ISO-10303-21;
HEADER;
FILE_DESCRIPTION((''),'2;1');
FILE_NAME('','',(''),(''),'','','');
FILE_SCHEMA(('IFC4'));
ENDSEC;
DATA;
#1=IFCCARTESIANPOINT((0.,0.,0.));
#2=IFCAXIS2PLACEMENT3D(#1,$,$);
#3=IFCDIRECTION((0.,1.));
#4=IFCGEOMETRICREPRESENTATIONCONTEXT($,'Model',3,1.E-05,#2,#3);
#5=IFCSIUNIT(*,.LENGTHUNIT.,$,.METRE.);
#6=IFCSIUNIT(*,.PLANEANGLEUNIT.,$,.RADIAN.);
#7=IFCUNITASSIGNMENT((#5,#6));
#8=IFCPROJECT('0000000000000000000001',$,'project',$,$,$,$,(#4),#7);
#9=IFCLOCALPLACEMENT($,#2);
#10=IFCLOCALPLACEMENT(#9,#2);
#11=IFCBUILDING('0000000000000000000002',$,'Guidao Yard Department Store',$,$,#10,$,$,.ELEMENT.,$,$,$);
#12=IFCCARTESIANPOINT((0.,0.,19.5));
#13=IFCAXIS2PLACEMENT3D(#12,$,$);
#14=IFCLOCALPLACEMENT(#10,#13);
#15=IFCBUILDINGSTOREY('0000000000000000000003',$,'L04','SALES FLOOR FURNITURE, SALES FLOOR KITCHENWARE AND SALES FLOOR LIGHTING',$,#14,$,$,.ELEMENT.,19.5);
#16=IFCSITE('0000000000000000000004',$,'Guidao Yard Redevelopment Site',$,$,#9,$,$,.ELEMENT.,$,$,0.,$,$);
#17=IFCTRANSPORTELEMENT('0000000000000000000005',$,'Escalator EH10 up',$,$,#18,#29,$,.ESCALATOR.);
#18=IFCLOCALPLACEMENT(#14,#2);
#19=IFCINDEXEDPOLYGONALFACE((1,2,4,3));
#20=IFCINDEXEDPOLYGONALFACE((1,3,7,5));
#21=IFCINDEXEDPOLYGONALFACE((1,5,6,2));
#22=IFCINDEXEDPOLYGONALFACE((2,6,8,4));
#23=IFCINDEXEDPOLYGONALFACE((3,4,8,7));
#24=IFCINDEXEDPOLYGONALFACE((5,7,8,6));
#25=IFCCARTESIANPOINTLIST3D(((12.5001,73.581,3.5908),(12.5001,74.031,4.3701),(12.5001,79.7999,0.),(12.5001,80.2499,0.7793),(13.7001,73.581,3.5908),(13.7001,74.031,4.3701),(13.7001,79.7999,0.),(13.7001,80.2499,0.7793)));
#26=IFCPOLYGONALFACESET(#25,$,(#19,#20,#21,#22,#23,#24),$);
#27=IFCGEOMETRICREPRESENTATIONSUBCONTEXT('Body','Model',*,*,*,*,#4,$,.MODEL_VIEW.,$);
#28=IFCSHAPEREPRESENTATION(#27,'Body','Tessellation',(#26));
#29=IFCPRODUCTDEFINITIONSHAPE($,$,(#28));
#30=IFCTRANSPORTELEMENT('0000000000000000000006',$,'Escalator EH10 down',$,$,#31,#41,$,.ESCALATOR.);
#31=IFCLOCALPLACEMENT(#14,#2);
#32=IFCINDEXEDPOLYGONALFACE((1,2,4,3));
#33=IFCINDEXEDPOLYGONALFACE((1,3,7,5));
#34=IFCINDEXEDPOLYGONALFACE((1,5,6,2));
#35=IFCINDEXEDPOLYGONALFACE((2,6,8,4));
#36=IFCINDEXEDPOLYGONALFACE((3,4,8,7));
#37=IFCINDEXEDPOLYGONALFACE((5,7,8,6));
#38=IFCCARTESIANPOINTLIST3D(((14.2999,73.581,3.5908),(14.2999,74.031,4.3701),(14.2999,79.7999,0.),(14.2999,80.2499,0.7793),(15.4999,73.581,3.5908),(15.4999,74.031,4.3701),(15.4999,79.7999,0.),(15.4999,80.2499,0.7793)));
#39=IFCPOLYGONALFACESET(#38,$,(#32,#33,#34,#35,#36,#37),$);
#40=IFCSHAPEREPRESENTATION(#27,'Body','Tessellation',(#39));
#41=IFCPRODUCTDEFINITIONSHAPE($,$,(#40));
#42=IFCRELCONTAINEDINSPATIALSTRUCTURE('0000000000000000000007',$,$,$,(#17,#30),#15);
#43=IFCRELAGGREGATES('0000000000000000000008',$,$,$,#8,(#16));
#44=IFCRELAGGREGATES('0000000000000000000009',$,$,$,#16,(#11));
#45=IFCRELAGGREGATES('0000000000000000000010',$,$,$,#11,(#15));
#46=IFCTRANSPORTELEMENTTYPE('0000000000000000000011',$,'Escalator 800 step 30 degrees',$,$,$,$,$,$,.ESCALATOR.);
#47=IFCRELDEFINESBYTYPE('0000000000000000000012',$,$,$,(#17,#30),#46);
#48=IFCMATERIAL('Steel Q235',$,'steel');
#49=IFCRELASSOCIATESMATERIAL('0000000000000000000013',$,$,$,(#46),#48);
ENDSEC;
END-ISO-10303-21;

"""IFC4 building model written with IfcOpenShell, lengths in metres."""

from ifc_helpers import new_model, si_unit, direction, frame, origin, origin_2d, place, context, subcontext, project, spatial, rectangle, extrude, material, material_profile, profile_set, type_object, element, save


model = new_model("IFC4")

# Units and contexts
model_context = context("Model", 3, precision=1e-05, world=origin(), true_north=direction((0.0, 1.0)))
body_context = subcontext(model_context, "Body", "Model", "MODEL_VIEW")
ifc_project = project(units=[si_unit("LENGTHUNIT", "METRE"), si_unit("PLANEANGLEUNIT", "RADIAN")], contexts=[model_context])

# Site, building, storey
site_placement = place(None, origin())
site = spatial("IfcSite", under=ifc_project, at=site_placement, Name="Guidao Yard Redevelopment Site", CompositionType="ELEMENT", RefElevation=0.0)
building_placement = place(site_placement, origin())
building = spatial("IfcBuilding", under=site, at=building_placement, Name="Guidao Yard Department Store", CompositionType="ELEMENT")
storey_placement = place(building_placement, frame((0.0, 0.0, 19.5)))
storey = spatial("IfcBuildingStorey", under=building, at=storey_placement, Name="L04", Description="SALES FLOOR FURNITURE, SALES FLOOR KITCHENWARE AND SALES FLOOR LIGHTING", CompositionType="ELEMENT", Elevation=19.5)

# Transport elements
ifc_material_1 = material(Name="Steel Q235", Category="steel")
ifc_material_profile_1 = material_profile(ifc_material_1, rectangle(XDim=1.2, YDim=0.8999, at=origin_2d()), Name="Escalator 800 step 30 degrees")
ifc_profile_set_1 = profile_set([ifc_material_profile_1], Name="Steel Q235")
transport_element_type = type_object("IfcTransportElementType", Name="Escalator 800 step 30 degrees", PredefinedType="ESCALATOR", material=ifc_profile_set_1)
for number, where, z_axis, x_axis, name in (
    (1, (13.1001, 80.0249, 0.3896), (0.0, -0.866008, 0.500029), (1.0, 0.0, 0.0), "Escalator EH10 up"),
    (2, (14.8999, 80.0249, 0.3896), (0.0, -0.866008, 0.500029), (1.0, 0.0, 0.0), "Escalator EH10 down"),
):
    element("IfcTransportElement", number, at=place(storey_placement, frame(where, z_axis=z_axis, x_axis=x_axis)), inside=storey, type_object=transport_element_type, Name=name, PredefinedType="ESCALATOR", context=body_context, shape_type="SweptSolid", body=[
        extrude(rectangle(XDim=1.2, YDim=0.8999, at=origin_2d()), origin(), (0.0, 0.0, 1.0), 7.1812),
    ])

save(model, "model.ifc")
